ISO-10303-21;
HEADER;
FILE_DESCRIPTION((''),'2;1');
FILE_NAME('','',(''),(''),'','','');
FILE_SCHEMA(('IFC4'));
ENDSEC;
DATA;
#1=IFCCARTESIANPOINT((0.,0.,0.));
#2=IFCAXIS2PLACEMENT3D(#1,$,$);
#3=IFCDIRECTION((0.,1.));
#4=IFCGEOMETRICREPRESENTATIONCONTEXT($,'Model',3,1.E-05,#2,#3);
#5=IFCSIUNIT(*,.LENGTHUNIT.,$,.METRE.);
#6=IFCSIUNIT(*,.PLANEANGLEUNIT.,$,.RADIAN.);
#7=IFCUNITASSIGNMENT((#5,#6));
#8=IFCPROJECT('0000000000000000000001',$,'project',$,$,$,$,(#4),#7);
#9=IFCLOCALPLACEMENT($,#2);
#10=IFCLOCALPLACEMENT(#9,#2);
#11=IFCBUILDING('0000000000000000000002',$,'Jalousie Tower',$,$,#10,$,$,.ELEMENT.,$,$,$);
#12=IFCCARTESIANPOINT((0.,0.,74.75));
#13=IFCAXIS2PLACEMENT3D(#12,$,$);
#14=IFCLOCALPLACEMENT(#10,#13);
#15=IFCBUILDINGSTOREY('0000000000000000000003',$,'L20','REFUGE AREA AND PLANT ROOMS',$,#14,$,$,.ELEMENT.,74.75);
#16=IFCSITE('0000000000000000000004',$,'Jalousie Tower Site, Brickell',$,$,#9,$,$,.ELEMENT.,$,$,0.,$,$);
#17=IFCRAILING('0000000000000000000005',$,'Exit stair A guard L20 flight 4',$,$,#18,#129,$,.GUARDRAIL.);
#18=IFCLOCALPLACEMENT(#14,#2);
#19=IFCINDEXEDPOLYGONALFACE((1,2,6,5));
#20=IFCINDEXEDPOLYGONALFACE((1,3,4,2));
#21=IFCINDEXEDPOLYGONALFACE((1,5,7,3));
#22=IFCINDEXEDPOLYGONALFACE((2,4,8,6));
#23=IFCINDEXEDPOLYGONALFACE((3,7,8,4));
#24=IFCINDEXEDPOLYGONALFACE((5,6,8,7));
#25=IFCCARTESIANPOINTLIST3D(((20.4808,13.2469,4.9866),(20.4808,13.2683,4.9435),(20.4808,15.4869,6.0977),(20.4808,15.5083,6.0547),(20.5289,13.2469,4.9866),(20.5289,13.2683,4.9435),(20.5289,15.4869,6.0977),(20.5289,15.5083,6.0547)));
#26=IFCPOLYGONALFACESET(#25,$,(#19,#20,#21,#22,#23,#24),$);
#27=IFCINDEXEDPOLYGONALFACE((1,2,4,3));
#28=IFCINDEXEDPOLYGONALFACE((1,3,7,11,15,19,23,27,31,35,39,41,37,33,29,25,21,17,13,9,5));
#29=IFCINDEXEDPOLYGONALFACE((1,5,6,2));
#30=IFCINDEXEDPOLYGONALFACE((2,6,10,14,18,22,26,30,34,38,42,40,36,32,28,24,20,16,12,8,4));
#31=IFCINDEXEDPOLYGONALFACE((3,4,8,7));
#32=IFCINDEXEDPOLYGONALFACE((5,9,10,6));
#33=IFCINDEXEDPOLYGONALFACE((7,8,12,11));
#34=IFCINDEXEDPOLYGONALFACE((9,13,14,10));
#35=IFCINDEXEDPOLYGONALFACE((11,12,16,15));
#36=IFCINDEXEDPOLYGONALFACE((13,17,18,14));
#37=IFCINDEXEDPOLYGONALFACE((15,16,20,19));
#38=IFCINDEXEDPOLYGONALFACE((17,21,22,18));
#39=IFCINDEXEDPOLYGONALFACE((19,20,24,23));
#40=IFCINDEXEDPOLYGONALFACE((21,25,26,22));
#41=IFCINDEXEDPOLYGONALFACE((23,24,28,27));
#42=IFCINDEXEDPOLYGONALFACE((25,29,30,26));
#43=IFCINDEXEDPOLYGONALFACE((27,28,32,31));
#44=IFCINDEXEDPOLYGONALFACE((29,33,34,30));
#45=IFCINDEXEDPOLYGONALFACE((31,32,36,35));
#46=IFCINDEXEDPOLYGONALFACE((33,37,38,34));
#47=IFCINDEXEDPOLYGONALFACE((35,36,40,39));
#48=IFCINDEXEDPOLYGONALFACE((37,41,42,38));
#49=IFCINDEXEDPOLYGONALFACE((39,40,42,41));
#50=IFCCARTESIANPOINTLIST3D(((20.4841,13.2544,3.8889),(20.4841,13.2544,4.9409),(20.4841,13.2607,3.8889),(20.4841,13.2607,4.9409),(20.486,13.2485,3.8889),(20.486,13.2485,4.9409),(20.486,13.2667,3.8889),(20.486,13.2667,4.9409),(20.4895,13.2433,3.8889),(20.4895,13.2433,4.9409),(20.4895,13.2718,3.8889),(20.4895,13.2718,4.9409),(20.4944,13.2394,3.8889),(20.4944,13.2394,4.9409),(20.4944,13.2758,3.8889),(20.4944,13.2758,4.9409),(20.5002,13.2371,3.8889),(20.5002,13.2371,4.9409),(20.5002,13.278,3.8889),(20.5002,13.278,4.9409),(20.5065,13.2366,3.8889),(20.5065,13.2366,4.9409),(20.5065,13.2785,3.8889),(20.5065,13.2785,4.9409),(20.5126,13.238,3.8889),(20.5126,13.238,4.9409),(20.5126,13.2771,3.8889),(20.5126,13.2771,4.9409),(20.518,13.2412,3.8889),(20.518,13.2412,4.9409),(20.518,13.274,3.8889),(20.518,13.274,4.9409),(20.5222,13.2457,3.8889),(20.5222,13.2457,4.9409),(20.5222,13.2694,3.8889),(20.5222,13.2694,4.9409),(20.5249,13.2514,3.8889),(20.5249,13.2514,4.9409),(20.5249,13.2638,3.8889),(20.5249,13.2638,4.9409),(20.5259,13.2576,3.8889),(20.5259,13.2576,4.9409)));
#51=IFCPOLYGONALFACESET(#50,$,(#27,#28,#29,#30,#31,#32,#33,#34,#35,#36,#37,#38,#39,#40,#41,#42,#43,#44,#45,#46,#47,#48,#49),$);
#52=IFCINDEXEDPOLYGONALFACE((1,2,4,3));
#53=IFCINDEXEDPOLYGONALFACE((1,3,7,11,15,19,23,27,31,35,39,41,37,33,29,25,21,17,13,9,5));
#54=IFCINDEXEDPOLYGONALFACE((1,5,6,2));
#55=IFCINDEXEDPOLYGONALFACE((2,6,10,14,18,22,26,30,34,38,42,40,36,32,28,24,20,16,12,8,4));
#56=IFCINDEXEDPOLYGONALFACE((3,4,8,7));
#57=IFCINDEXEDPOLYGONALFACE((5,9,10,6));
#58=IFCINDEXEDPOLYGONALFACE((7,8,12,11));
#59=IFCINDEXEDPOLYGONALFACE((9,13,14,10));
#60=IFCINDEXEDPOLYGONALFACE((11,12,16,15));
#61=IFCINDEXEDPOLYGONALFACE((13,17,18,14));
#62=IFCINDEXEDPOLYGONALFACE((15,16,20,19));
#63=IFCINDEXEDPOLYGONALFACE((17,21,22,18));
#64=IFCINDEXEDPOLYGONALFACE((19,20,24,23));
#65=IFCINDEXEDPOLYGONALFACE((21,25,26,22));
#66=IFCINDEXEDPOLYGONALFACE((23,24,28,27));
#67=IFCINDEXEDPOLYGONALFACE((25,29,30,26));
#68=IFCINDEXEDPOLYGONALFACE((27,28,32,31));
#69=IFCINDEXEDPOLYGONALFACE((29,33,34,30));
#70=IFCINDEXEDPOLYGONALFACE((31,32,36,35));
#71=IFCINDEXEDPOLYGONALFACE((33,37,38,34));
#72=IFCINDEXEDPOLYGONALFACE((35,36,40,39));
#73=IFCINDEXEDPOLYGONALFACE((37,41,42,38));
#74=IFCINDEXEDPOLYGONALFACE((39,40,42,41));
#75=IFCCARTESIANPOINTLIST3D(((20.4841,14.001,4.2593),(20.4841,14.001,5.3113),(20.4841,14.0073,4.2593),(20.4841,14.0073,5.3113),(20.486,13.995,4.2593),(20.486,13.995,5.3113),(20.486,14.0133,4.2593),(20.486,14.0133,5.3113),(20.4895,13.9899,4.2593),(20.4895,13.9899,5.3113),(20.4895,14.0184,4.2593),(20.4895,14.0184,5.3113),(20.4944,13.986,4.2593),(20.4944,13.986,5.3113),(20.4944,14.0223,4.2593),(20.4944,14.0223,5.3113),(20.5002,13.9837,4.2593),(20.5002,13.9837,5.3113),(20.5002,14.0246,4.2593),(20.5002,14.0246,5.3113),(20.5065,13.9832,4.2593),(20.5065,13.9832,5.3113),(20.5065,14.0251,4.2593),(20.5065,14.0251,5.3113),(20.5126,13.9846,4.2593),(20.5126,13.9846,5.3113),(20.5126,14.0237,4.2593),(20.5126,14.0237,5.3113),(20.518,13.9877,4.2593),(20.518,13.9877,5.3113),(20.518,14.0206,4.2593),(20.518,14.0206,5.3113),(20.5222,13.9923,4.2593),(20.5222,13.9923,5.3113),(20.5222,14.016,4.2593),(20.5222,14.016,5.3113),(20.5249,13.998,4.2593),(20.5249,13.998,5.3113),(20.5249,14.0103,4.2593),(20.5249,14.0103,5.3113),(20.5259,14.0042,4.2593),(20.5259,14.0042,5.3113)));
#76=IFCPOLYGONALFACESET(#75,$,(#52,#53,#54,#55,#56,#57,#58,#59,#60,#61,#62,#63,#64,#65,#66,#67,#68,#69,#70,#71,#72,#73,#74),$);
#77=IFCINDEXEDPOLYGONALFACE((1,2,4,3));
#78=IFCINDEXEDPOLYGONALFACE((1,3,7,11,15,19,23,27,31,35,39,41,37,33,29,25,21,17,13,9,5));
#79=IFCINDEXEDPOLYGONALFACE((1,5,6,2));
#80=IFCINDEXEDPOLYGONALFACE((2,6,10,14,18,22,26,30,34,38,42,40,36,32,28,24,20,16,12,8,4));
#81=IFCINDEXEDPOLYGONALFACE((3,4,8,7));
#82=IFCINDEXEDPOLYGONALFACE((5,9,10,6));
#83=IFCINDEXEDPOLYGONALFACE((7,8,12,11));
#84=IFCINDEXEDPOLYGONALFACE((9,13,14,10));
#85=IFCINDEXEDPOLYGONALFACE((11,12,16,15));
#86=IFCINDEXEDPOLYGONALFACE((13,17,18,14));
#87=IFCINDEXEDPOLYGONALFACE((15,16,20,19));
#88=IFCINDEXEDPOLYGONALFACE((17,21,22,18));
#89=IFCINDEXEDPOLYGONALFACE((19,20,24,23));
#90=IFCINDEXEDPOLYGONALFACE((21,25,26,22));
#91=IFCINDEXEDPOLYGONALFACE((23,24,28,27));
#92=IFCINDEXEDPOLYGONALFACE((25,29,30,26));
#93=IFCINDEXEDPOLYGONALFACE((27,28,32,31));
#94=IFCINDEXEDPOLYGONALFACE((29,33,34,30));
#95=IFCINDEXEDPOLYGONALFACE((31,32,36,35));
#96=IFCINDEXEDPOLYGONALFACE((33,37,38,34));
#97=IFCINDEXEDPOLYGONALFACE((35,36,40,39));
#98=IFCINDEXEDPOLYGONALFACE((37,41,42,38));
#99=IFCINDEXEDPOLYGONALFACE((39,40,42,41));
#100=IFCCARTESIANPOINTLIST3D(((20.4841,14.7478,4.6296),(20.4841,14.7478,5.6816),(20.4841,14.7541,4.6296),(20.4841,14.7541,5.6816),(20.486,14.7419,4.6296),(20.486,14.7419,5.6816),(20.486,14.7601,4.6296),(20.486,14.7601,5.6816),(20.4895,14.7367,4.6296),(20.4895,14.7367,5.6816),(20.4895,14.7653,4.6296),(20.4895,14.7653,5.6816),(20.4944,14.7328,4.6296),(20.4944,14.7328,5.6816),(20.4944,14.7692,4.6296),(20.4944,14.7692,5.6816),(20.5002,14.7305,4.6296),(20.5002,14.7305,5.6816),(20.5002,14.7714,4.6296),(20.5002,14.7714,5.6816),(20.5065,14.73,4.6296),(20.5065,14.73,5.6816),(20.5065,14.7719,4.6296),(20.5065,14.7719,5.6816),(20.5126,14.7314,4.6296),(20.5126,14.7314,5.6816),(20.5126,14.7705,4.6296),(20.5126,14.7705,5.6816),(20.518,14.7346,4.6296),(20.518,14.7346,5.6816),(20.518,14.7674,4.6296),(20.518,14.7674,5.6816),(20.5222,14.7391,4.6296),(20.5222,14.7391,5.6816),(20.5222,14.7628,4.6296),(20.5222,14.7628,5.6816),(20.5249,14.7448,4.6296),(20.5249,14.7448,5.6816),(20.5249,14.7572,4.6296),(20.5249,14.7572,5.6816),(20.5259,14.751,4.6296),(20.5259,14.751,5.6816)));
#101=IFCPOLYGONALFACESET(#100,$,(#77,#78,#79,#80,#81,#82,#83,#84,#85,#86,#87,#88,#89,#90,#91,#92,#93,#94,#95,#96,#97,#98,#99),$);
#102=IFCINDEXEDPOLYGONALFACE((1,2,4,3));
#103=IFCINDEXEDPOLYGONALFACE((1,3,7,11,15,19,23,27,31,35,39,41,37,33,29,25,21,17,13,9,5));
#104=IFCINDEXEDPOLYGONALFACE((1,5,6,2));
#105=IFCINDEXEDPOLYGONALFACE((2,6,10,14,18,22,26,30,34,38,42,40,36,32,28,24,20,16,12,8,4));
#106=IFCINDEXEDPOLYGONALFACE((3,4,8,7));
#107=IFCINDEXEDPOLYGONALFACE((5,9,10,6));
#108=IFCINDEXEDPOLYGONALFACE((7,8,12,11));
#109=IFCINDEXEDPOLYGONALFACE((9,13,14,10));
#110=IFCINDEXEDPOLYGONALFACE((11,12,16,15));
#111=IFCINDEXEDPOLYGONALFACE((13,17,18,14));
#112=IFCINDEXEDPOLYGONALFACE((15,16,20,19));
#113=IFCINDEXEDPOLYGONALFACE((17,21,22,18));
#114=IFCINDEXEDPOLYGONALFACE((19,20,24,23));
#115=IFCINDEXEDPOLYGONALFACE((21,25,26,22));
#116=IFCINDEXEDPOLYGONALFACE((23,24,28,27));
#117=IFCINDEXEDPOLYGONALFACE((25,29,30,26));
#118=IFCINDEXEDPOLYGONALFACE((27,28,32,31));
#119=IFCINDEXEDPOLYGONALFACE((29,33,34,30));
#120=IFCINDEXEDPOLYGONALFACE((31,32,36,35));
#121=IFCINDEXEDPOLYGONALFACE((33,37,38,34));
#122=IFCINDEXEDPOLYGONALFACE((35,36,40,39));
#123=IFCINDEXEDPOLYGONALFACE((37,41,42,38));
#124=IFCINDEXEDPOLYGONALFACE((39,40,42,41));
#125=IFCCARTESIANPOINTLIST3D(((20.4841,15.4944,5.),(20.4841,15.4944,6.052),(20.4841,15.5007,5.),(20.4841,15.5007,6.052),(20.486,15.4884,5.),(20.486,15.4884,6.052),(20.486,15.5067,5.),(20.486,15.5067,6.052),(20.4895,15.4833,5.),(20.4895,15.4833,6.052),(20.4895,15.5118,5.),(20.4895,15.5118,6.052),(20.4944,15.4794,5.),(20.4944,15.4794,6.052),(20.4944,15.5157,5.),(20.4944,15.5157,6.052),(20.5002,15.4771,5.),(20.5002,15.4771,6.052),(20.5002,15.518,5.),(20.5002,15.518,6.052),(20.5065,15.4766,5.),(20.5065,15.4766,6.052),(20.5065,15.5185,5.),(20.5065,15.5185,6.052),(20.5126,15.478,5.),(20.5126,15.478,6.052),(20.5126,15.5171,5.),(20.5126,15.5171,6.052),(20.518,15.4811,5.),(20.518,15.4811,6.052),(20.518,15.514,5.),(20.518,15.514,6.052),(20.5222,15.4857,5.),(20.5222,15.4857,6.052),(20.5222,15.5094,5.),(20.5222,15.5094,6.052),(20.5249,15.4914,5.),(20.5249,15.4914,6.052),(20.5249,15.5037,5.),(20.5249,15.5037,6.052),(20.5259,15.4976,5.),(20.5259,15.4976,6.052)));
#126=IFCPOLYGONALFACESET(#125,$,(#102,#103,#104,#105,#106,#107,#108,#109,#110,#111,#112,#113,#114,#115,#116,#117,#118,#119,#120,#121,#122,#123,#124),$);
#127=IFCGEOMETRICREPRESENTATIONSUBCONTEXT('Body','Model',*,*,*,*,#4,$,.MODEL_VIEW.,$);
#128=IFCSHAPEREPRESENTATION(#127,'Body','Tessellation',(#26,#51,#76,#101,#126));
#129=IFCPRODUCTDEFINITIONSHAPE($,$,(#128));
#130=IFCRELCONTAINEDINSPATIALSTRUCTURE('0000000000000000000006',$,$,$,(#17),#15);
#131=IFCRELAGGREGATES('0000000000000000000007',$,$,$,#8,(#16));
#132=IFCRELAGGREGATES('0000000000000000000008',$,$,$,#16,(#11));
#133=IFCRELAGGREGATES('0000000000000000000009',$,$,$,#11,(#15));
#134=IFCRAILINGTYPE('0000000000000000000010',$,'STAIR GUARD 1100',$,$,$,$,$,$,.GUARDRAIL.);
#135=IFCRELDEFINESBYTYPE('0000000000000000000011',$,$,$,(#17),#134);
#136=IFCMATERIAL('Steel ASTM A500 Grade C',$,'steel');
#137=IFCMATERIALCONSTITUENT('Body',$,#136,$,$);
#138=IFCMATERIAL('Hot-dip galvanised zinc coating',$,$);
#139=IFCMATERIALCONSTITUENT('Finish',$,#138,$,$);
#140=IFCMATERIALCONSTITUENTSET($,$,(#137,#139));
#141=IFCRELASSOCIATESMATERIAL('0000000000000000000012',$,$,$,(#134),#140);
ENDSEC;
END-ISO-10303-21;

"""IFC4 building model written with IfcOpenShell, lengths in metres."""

from ifc_helpers import new_model, si_unit, direction, frame, origin, origin_2d, place, context, subcontext, project, spatial, rectangle, circle, extrude, material, constituent, constituent_set, type_object, element, save


model = new_model("IFC4")

# Units and contexts
model_context = context("Model", 3, precision=1e-05, world=origin(), true_north=direction((0.0, 1.0)))
body_context = subcontext(model_context, "Body", "Model", "MODEL_VIEW")
ifc_project = project(units=[si_unit("LENGTHUNIT", "METRE"), si_unit("PLANEANGLEUNIT", "RADIAN")], contexts=[model_context])

# Site, building, storey
site_placement = place(None, origin())
site = spatial("IfcSite", under=ifc_project, at=site_placement, Name="Jalousie Tower Site, Brickell", CompositionType="ELEMENT", RefElevation=0.0)
building_placement = place(site_placement, origin())
building = spatial("IfcBuilding", under=site, at=building_placement, Name="Jalousie Tower", CompositionType="ELEMENT")
storey_placement = place(building_placement, frame((0.0, 0.0, 74.75)))
storey = spatial("IfcBuildingStorey", under=building, at=storey_placement, Name="L20", Description="REFUGE AREA AND PLANT ROOMS", CompositionType="ELEMENT", Elevation=74.75)

# Railing
ifc_material_1 = material(Name="Steel ASTM A500 Grade C", Category="steel")
ifc_constituent_1 = constituent(ifc_material_1, Name="Body")
ifc_material_2 = material(Name="Hot-dip galvanised zinc coating")
ifc_constituent_2 = constituent(ifc_material_2, Name="Finish")
ifc_constituent_set_1 = constituent_set(constituents=[ifc_constituent_1, ifc_constituent_2])
railing_type_1 = type_object("IfcRailingType", Name="STAIR GUARD 1100", PredefinedType="GUARDRAIL", material=ifc_constituent_set_1)
railing_1_placement = place(storey_placement, frame((20.5049, 13.2576, 3.8889)))
element("IfcRailing", 1, at=railing_1_placement, inside=storey, type_object=railing_type_1, Name="Exit stair A guard L20 flight 4", PredefinedType="GUARDRAIL", context=body_context, shape_type="SweptSolid", body=[
    extrude(rectangle(XDim=0.0481, YDim=0.0481, at=origin_2d()), frame((0.0, 0.0, 1.0762), z_axis=(0.0, 0.895848, 0.44436), x_axis=(-1.0, 0.0, 0.0)), (0.0, 0.0, 1.0), 2.5005),
    extrude(circle(Radius=0.021, at=origin_2d()), origin(), (0.0, 0.0, 1.0), 1.052),
    extrude(circle(Radius=0.021, at=origin_2d()), frame((0.0, 0.7466, 0.3704)), (0.0, 0.0, 1.0), 1.052),
    extrude(circle(Radius=0.021, at=origin_2d()), frame((0.0, 1.4934, 0.7407)), (0.0, 0.0, 1.0), 1.052),
    extrude(circle(Radius=0.021, at=origin_2d()), frame((0.0, 2.24, 1.1111)), (0.0, 0.0, 1.0), 1.052),
])

save(model, "model.ifc")
